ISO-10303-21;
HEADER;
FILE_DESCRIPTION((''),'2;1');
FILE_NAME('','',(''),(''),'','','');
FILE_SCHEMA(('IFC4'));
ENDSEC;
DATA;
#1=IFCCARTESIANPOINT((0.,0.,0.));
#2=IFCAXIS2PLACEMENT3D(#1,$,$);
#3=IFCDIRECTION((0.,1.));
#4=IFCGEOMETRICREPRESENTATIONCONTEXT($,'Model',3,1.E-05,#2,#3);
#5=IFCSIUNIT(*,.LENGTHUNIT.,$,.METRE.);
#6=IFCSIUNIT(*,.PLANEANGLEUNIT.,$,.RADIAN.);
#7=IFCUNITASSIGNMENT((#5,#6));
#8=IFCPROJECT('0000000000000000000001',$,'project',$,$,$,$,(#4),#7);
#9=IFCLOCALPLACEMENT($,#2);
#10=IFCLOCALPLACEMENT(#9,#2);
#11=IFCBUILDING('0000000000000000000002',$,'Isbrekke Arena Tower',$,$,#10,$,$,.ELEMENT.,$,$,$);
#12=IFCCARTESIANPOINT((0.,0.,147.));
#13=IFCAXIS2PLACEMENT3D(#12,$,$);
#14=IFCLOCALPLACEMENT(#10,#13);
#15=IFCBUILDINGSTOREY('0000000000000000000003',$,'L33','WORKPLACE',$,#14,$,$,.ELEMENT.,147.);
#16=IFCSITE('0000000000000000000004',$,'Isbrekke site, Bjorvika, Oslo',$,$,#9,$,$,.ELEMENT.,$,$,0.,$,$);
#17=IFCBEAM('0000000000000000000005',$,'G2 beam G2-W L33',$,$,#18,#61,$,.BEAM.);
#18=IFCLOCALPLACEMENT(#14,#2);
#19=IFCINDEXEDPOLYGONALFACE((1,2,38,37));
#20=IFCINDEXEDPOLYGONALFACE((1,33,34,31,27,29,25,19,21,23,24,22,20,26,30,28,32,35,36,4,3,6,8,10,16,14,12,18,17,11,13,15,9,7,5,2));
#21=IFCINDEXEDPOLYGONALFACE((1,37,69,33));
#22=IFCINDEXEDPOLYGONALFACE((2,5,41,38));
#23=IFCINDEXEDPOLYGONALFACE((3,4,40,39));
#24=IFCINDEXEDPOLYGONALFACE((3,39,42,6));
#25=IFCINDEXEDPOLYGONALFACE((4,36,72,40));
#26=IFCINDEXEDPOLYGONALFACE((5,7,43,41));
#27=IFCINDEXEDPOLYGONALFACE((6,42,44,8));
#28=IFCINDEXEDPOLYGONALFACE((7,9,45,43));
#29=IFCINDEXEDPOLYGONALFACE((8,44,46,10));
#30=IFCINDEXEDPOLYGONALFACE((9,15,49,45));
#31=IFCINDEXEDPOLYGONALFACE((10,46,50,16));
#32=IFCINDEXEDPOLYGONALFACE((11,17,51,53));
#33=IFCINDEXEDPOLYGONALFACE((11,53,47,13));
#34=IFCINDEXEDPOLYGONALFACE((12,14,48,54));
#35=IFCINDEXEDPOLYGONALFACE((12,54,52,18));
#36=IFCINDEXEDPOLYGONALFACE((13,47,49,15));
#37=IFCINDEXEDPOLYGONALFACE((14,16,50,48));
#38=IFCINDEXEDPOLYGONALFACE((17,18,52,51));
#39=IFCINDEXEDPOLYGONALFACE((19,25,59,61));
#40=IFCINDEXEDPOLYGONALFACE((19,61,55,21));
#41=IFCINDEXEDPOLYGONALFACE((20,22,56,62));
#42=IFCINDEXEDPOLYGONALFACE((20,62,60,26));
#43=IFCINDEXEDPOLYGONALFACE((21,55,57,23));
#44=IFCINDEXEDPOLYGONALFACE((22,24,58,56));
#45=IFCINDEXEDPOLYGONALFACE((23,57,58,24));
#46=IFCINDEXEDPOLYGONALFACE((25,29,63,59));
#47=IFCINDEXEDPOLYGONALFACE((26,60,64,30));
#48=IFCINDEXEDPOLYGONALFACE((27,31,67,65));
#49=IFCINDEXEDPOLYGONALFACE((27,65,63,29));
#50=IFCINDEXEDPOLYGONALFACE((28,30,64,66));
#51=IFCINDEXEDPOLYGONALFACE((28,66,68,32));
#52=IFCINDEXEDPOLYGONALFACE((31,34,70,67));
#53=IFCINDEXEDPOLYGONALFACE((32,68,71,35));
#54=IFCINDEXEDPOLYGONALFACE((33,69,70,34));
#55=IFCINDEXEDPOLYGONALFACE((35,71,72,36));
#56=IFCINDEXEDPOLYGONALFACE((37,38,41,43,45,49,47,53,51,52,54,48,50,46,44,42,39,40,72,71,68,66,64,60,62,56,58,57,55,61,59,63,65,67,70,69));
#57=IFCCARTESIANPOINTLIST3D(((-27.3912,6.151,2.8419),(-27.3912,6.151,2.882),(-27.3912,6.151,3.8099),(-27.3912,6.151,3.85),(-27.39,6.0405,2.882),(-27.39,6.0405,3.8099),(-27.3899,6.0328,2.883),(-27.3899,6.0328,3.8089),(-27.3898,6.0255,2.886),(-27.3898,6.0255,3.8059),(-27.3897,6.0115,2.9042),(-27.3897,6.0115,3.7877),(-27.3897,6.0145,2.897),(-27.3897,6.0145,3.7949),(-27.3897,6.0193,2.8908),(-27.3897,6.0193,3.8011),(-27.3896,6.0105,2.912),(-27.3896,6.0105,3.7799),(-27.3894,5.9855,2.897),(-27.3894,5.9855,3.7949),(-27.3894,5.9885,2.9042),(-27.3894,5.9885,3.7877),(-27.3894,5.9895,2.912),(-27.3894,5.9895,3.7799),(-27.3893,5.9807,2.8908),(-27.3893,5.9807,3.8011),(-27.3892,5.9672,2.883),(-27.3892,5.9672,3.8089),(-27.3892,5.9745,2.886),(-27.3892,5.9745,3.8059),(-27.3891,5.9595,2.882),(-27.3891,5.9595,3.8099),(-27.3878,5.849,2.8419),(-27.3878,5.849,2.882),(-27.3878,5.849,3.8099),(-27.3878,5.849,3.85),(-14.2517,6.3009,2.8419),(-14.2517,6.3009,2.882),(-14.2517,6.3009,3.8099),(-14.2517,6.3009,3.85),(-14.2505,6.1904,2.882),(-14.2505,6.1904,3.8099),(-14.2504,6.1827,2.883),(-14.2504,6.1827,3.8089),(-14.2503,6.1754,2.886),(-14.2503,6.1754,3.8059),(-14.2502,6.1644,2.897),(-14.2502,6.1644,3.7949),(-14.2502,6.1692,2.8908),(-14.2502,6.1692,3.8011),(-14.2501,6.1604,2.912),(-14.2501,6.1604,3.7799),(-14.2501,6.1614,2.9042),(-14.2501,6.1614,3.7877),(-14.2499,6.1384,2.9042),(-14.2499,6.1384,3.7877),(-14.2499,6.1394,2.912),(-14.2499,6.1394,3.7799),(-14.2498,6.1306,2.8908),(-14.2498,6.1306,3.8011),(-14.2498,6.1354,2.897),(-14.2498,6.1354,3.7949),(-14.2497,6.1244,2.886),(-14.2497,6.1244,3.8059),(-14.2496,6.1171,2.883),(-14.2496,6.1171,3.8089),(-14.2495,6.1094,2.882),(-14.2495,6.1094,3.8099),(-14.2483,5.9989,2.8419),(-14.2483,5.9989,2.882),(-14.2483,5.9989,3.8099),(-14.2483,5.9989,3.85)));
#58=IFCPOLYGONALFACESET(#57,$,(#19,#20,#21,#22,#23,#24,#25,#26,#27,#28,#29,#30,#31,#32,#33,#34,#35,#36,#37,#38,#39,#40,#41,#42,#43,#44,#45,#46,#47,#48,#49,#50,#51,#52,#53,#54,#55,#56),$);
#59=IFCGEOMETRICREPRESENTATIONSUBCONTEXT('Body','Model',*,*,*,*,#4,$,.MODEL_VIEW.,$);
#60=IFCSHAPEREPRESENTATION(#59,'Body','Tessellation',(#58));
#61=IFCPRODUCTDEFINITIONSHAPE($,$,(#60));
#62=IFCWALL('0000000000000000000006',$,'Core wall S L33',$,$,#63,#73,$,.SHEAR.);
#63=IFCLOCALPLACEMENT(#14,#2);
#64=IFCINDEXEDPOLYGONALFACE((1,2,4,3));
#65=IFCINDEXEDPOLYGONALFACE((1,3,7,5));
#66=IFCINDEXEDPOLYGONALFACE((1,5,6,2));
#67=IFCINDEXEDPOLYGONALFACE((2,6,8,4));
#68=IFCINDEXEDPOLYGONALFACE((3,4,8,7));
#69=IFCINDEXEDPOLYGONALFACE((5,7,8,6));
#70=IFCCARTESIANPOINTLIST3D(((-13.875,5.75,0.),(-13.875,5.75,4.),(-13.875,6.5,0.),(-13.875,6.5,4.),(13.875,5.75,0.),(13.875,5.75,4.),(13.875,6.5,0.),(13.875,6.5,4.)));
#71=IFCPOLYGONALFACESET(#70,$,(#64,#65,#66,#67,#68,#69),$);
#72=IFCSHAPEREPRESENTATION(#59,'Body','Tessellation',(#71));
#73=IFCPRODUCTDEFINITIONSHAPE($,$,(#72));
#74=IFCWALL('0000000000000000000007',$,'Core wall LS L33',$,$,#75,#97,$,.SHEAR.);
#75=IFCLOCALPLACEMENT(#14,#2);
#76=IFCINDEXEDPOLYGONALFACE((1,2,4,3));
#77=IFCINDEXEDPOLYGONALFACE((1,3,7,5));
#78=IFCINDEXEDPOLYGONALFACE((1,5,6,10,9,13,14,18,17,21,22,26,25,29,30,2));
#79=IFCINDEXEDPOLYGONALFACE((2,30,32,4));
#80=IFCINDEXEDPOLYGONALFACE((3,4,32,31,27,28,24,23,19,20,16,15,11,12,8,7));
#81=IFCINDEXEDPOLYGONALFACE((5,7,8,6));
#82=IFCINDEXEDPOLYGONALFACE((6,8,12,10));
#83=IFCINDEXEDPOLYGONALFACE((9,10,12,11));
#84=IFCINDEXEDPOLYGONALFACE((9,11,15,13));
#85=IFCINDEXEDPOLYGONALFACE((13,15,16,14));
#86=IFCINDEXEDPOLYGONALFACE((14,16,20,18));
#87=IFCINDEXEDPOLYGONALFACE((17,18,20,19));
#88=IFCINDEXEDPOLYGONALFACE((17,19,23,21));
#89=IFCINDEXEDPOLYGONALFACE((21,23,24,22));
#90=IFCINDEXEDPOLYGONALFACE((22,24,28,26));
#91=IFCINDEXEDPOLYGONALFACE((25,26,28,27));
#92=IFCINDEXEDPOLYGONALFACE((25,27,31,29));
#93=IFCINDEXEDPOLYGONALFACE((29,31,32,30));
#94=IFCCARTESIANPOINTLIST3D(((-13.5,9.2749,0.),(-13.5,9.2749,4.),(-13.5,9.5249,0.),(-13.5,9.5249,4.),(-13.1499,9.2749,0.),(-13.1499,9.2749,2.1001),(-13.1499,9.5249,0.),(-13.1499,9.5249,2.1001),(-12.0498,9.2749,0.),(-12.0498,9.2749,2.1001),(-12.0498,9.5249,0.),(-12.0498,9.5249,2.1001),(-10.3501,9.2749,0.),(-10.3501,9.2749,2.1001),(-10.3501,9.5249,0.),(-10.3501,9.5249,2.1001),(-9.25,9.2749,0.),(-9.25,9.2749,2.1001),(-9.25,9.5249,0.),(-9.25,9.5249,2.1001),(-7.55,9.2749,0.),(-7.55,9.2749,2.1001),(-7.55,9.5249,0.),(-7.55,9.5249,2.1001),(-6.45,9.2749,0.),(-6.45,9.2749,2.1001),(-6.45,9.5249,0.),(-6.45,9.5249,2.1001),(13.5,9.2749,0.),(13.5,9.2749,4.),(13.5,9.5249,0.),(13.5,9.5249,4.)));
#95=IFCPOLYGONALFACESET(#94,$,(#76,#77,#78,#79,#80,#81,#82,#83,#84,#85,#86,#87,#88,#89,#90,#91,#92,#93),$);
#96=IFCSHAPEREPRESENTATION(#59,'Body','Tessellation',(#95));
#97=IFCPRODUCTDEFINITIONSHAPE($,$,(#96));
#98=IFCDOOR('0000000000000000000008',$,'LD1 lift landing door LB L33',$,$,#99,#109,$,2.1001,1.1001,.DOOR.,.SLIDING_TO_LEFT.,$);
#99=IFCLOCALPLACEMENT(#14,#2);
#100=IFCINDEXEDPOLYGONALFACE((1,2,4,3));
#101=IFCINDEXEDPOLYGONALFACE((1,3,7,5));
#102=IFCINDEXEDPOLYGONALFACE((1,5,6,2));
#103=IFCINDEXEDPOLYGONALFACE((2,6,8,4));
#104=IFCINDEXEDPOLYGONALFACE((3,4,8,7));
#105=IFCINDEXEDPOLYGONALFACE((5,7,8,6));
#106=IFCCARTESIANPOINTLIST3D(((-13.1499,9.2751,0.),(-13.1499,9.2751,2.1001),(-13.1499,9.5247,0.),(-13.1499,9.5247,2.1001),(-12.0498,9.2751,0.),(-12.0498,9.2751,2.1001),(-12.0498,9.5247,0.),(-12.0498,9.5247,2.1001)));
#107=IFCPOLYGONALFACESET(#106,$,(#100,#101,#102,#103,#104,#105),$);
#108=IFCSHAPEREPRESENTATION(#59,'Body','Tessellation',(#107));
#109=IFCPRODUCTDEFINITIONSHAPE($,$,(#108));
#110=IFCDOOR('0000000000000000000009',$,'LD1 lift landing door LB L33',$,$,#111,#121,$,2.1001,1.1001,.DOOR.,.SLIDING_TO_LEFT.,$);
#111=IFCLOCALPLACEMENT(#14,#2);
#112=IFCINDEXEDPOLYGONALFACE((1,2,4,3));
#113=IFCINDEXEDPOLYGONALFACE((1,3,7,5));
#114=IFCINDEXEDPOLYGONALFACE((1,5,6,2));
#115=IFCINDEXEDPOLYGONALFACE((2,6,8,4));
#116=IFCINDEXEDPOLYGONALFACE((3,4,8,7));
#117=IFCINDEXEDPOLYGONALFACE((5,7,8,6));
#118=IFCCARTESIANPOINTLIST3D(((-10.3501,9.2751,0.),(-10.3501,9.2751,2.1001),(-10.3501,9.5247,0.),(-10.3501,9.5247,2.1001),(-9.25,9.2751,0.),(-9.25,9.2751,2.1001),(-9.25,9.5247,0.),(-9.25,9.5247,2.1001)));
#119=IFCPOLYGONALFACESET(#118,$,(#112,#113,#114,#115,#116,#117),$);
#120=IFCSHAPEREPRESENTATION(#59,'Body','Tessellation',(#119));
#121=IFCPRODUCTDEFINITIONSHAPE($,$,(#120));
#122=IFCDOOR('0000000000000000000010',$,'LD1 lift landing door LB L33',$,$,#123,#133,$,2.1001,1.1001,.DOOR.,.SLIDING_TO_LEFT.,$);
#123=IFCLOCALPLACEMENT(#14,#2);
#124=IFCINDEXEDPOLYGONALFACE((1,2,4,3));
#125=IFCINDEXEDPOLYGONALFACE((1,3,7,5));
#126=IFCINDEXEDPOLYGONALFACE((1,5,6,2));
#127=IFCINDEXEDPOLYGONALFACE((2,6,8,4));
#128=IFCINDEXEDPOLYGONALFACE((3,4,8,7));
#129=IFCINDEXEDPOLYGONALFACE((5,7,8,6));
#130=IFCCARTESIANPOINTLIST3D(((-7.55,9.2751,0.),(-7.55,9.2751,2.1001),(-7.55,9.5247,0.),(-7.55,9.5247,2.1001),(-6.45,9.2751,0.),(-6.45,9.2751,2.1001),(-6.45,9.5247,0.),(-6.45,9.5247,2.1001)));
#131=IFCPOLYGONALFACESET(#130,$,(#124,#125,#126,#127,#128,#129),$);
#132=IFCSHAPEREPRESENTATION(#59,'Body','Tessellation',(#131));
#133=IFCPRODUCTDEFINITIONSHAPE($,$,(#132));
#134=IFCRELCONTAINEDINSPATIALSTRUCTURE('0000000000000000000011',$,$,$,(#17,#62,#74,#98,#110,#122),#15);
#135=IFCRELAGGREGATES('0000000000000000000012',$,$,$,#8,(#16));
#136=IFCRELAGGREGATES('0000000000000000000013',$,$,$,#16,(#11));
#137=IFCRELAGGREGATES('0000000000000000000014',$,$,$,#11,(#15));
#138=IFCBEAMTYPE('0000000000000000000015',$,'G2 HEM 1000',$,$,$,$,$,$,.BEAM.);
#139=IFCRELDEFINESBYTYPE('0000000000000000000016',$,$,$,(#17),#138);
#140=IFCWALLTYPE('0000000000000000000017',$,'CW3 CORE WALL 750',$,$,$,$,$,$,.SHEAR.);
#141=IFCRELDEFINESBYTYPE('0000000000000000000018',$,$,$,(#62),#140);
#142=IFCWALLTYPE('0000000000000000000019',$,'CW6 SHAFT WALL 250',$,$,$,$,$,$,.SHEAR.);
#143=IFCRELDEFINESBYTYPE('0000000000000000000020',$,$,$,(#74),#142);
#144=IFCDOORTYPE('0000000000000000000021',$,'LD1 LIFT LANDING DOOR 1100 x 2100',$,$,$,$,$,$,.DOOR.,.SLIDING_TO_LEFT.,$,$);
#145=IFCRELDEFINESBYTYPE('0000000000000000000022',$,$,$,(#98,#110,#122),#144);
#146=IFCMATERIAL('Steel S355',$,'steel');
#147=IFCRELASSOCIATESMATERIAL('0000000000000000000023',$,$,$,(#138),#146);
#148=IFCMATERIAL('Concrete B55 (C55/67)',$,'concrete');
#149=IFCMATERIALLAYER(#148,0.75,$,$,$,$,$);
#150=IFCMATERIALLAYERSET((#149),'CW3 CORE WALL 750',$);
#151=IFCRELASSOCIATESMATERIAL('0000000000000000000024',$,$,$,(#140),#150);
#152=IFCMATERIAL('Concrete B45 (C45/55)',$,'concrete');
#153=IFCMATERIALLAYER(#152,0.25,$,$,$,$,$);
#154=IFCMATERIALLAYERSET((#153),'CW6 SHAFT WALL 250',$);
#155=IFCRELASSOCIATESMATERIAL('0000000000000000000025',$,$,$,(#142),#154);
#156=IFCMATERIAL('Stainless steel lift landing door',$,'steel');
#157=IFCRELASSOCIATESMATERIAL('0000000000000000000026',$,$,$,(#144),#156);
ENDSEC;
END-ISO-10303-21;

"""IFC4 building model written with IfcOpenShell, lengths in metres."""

from ifc_helpers import new_model, si_unit, direction, frame, frame_2d, origin, origin_2d, place, context, subcontext, project, spatial, rectangle, i_section, extrude, material, layer, layer_set, material_profile, profile_set, type_object, element, fill, save


model = new_model("IFC4")

# Units and contexts
model_context = context("Model", 3, precision=1e-05, world=origin(), true_north=direction((0.0, 1.0)))
body_context = subcontext(model_context, "Body", "Model", "MODEL_VIEW")
ifc_project = project(units=[si_unit("LENGTHUNIT", "METRE"), si_unit("PLANEANGLEUNIT", "RADIAN")], contexts=[model_context])

# Site, building, storey
site_placement = place(None, origin())
site = spatial("IfcSite", under=ifc_project, at=site_placement, Name="Isbrekke site, Bjorvika, Oslo", CompositionType="ELEMENT", RefElevation=0.0)
building_placement = place(site_placement, origin())
building = spatial("IfcBuilding", under=site, at=building_placement, Name="Isbrekke Arena Tower", CompositionType="ELEMENT")
storey_placement = place(building_placement, frame((0.0, 0.0, 147.0)))
storey = spatial("IfcBuildingStorey", under=building, at=storey_placement, Name="L33", Description="WORKPLACE", CompositionType="ELEMENT", Elevation=147.0)

# Beam
ifc_material_1 = material(Name="Steel S355", Category="steel")
ifc_material_profile = material_profile(ifc_material_1, i_section(OverallWidth=0.302, OverallDepth=1.0081, WebThickness=0.021, FlangeThickness=0.04, FilletRadius=0.03, at=origin_2d()), Name="HEM 1000")
ifc_profile_set = profile_set([ifc_material_profile], Name="Steel S355")
beam_type = type_object("IfcBeamType", Name="G2 HEM 1000", PredefinedType="BEAM", material=ifc_profile_set)
beam_placement = place(storey_placement, frame((-14.25, 6.1499, 3.3459), z_axis=(-0.999935, -0.011408, 0.0), x_axis=(0.011408, -0.999935, 0.0)))
element("IfcBeam", 1, at=beam_placement, inside=storey, type_object=beam_type, Name="G2 beam G2-W L33", PredefinedType="BEAM", context=body_context, shape_type="SweptSolid", body=[
    extrude(i_section(OverallWidth=0.302, OverallDepth=1.0081, WebThickness=0.021, FlangeThickness=0.04, FilletRadius=0.03, at=origin_2d()), origin(), (0.0, 0.0, 1.0), 13.1404),
])

# Wall
ifc_material_2 = material(Name="Concrete B55 (C55/67)", Category="concrete")
ifc_layer_1 = layer(ifc_material_2, 0.75)
ifc_layer_set_1 = layer_set([ifc_layer_1], Name="CW3 CORE WALL 750")
wall_type_1 = type_object("IfcWallType", Name="CW3 CORE WALL 750", PredefinedType="SHEAR", material=ifc_layer_set_1)
wall_1_placement = place(storey_placement, frame((-13.875, 6.125, 0.0), z_axis=(0.0, 0.0, 1.0), x_axis=(1.0, 0.0, 0.0)))
element("IfcWall", 2, at=wall_1_placement, inside=storey, type_object=wall_type_1, Name="Core wall S L33", PredefinedType="SHEAR", context=body_context, shape_type="SweptSolid", body=[
    extrude(rectangle(XDim=27.75, YDim=0.75, at=frame_2d((13.875, 0.0))), origin(), (0.0, 0.0, 1.0), 4.0),
])

# Wall, openings, doors
ifc_material_3 = material(Name="Concrete B45 (C45/55)", Category="concrete")
ifc_layer_2 = layer(ifc_material_3, 0.25)
ifc_layer_set_2 = layer_set([ifc_layer_2], Name="CW6 SHAFT WALL 250")
wall_type_2 = type_object("IfcWallType", Name="CW6 SHAFT WALL 250", PredefinedType="SHEAR", material=ifc_layer_set_2)
wall_2_placement = place(storey_placement, frame((-13.5, 9.3999, 0.0), z_axis=(0.0, 0.0, 1.0), x_axis=(1.0, 0.0, 0.0)))
wall_2 = element("IfcWall", 3, at=wall_2_placement, inside=storey, type_object=wall_type_2, Name="Core wall LS L33", PredefinedType="SHEAR", context=body_context, shape_type="SweptSolid", body=[
    extrude(rectangle(XDim=27.0, YDim=0.25, at=frame_2d((13.5, 0.0))), origin(), (0.0, 0.0, 1.0), 4.0),
])
opening_1_placement = place(wall_2_placement, frame((0.3501, 0.0, 0.0)))
opening_1 = element("IfcOpeningElement", 4, at=opening_1_placement, cuts=wall_2, PredefinedType="OPENING", context=body_context, shape_type="SweptSolid", body=[
    extrude(rectangle(XDim=1.1001, YDim=2.1001, at=frame_2d((0.55, 1.05))), frame((0.0, 0.1399, 0.0), z_axis=(0.0, -1.0, 0.0), x_axis=(1.0, 0.0, 0.0)), (0.0, 0.0, 1.0), 0.2798),
])
opening_2_placement = place(wall_2_placement, frame((3.1499, 0.0, 0.0)))
opening_2 = element("IfcOpeningElement", 5, at=opening_2_placement, cuts=wall_2, PredefinedType="OPENING", context=body_context, shape_type="SweptSolid", body=[
    extrude(rectangle(XDim=1.1001, YDim=2.1001, at=frame_2d((0.55, 1.05))), frame((0.0, 0.1399, 0.0), z_axis=(0.0, -1.0, 0.0), x_axis=(1.0, 0.0, 0.0)), (0.0, 0.0, 1.0), 0.2798),
])
opening_3_placement = place(wall_2_placement, frame((5.95, 0.0, 0.0)))
opening_3 = element("IfcOpeningElement", 6, at=opening_3_placement, cuts=wall_2, PredefinedType="OPENING", context=body_context, shape_type="SweptSolid", body=[
    extrude(rectangle(XDim=1.1001, YDim=2.1001, at=frame_2d((0.55, 1.05))), frame((0.0, 0.1399, 0.0), z_axis=(0.0, -1.0, 0.0), x_axis=(1.0, 0.0, 0.0)), (0.0, 0.0, 1.0), 0.2798),
])
ifc_material_4 = material(Name="Stainless steel lift landing door", Category="steel")
door_type_1 = type_object("IfcDoorType", Name="LD1 LIFT LANDING DOOR 1100 x 2100", OperationType="SLIDING_TO_LEFT", PredefinedType="DOOR", material=ifc_material_4)
door_1_placement = place(opening_1_placement, origin())
door_1 = element("IfcDoor", 7, at=door_1_placement, inside=storey, type_object=door_type_1, Name="LD1 lift landing door LB L33", OperationType="SLIDING_TO_LEFT", OverallHeight=2.1001, OverallWidth=1.1001, PredefinedType="DOOR", context=body_context, shape_type="SweptSolid", body=[
    extrude(rectangle(XDim=1.1001, YDim=2.1001, at=frame_2d((0.55, 1.05))), frame((0.0, 0.1248, 0.0), z_axis=(0.0, -1.0, 0.0), x_axis=(1.0, 0.0, 0.0)), (0.0, 0.0, 1.0), 0.2495),
])
fill(opening_1, door_1)
door_2_placement = place(opening_2_placement, origin())
door_2 = element("IfcDoor", 8, at=door_2_placement, inside=storey, type_object=door_type_1, Name="LD1 lift landing door LB L33", OperationType="SLIDING_TO_LEFT", OverallHeight=2.1001, OverallWidth=1.1001, PredefinedType="DOOR", context=body_context, shape_type="SweptSolid", body=[
    extrude(rectangle(XDim=1.1001, YDim=2.1001, at=frame_2d((0.55, 1.05))), frame((0.0, 0.1248, 0.0), z_axis=(0.0, -1.0, 0.0), x_axis=(1.0, 0.0, 0.0)), (0.0, 0.0, 1.0), 0.2495),
])
fill(opening_2, door_2)
door_3_placement = place(opening_3_placement, origin())
door_3 = element("IfcDoor", 9, at=door_3_placement, inside=storey, type_object=door_type_1, Name="LD1 lift landing door LB L33", OperationType="SLIDING_TO_LEFT", OverallHeight=2.1001, OverallWidth=1.1001, PredefinedType="DOOR", context=body_context, shape_type="SweptSolid", body=[
    extrude(rectangle(XDim=1.1001, YDim=2.1001, at=frame_2d((0.55, 1.05))), frame((0.0, 0.1248, 0.0), z_axis=(0.0, -1.0, 0.0), x_axis=(1.0, 0.0, 0.0)), (0.0, 0.0, 1.0), 0.2495),
])
fill(opening_3, door_3)

save(model, "model.ifc")
